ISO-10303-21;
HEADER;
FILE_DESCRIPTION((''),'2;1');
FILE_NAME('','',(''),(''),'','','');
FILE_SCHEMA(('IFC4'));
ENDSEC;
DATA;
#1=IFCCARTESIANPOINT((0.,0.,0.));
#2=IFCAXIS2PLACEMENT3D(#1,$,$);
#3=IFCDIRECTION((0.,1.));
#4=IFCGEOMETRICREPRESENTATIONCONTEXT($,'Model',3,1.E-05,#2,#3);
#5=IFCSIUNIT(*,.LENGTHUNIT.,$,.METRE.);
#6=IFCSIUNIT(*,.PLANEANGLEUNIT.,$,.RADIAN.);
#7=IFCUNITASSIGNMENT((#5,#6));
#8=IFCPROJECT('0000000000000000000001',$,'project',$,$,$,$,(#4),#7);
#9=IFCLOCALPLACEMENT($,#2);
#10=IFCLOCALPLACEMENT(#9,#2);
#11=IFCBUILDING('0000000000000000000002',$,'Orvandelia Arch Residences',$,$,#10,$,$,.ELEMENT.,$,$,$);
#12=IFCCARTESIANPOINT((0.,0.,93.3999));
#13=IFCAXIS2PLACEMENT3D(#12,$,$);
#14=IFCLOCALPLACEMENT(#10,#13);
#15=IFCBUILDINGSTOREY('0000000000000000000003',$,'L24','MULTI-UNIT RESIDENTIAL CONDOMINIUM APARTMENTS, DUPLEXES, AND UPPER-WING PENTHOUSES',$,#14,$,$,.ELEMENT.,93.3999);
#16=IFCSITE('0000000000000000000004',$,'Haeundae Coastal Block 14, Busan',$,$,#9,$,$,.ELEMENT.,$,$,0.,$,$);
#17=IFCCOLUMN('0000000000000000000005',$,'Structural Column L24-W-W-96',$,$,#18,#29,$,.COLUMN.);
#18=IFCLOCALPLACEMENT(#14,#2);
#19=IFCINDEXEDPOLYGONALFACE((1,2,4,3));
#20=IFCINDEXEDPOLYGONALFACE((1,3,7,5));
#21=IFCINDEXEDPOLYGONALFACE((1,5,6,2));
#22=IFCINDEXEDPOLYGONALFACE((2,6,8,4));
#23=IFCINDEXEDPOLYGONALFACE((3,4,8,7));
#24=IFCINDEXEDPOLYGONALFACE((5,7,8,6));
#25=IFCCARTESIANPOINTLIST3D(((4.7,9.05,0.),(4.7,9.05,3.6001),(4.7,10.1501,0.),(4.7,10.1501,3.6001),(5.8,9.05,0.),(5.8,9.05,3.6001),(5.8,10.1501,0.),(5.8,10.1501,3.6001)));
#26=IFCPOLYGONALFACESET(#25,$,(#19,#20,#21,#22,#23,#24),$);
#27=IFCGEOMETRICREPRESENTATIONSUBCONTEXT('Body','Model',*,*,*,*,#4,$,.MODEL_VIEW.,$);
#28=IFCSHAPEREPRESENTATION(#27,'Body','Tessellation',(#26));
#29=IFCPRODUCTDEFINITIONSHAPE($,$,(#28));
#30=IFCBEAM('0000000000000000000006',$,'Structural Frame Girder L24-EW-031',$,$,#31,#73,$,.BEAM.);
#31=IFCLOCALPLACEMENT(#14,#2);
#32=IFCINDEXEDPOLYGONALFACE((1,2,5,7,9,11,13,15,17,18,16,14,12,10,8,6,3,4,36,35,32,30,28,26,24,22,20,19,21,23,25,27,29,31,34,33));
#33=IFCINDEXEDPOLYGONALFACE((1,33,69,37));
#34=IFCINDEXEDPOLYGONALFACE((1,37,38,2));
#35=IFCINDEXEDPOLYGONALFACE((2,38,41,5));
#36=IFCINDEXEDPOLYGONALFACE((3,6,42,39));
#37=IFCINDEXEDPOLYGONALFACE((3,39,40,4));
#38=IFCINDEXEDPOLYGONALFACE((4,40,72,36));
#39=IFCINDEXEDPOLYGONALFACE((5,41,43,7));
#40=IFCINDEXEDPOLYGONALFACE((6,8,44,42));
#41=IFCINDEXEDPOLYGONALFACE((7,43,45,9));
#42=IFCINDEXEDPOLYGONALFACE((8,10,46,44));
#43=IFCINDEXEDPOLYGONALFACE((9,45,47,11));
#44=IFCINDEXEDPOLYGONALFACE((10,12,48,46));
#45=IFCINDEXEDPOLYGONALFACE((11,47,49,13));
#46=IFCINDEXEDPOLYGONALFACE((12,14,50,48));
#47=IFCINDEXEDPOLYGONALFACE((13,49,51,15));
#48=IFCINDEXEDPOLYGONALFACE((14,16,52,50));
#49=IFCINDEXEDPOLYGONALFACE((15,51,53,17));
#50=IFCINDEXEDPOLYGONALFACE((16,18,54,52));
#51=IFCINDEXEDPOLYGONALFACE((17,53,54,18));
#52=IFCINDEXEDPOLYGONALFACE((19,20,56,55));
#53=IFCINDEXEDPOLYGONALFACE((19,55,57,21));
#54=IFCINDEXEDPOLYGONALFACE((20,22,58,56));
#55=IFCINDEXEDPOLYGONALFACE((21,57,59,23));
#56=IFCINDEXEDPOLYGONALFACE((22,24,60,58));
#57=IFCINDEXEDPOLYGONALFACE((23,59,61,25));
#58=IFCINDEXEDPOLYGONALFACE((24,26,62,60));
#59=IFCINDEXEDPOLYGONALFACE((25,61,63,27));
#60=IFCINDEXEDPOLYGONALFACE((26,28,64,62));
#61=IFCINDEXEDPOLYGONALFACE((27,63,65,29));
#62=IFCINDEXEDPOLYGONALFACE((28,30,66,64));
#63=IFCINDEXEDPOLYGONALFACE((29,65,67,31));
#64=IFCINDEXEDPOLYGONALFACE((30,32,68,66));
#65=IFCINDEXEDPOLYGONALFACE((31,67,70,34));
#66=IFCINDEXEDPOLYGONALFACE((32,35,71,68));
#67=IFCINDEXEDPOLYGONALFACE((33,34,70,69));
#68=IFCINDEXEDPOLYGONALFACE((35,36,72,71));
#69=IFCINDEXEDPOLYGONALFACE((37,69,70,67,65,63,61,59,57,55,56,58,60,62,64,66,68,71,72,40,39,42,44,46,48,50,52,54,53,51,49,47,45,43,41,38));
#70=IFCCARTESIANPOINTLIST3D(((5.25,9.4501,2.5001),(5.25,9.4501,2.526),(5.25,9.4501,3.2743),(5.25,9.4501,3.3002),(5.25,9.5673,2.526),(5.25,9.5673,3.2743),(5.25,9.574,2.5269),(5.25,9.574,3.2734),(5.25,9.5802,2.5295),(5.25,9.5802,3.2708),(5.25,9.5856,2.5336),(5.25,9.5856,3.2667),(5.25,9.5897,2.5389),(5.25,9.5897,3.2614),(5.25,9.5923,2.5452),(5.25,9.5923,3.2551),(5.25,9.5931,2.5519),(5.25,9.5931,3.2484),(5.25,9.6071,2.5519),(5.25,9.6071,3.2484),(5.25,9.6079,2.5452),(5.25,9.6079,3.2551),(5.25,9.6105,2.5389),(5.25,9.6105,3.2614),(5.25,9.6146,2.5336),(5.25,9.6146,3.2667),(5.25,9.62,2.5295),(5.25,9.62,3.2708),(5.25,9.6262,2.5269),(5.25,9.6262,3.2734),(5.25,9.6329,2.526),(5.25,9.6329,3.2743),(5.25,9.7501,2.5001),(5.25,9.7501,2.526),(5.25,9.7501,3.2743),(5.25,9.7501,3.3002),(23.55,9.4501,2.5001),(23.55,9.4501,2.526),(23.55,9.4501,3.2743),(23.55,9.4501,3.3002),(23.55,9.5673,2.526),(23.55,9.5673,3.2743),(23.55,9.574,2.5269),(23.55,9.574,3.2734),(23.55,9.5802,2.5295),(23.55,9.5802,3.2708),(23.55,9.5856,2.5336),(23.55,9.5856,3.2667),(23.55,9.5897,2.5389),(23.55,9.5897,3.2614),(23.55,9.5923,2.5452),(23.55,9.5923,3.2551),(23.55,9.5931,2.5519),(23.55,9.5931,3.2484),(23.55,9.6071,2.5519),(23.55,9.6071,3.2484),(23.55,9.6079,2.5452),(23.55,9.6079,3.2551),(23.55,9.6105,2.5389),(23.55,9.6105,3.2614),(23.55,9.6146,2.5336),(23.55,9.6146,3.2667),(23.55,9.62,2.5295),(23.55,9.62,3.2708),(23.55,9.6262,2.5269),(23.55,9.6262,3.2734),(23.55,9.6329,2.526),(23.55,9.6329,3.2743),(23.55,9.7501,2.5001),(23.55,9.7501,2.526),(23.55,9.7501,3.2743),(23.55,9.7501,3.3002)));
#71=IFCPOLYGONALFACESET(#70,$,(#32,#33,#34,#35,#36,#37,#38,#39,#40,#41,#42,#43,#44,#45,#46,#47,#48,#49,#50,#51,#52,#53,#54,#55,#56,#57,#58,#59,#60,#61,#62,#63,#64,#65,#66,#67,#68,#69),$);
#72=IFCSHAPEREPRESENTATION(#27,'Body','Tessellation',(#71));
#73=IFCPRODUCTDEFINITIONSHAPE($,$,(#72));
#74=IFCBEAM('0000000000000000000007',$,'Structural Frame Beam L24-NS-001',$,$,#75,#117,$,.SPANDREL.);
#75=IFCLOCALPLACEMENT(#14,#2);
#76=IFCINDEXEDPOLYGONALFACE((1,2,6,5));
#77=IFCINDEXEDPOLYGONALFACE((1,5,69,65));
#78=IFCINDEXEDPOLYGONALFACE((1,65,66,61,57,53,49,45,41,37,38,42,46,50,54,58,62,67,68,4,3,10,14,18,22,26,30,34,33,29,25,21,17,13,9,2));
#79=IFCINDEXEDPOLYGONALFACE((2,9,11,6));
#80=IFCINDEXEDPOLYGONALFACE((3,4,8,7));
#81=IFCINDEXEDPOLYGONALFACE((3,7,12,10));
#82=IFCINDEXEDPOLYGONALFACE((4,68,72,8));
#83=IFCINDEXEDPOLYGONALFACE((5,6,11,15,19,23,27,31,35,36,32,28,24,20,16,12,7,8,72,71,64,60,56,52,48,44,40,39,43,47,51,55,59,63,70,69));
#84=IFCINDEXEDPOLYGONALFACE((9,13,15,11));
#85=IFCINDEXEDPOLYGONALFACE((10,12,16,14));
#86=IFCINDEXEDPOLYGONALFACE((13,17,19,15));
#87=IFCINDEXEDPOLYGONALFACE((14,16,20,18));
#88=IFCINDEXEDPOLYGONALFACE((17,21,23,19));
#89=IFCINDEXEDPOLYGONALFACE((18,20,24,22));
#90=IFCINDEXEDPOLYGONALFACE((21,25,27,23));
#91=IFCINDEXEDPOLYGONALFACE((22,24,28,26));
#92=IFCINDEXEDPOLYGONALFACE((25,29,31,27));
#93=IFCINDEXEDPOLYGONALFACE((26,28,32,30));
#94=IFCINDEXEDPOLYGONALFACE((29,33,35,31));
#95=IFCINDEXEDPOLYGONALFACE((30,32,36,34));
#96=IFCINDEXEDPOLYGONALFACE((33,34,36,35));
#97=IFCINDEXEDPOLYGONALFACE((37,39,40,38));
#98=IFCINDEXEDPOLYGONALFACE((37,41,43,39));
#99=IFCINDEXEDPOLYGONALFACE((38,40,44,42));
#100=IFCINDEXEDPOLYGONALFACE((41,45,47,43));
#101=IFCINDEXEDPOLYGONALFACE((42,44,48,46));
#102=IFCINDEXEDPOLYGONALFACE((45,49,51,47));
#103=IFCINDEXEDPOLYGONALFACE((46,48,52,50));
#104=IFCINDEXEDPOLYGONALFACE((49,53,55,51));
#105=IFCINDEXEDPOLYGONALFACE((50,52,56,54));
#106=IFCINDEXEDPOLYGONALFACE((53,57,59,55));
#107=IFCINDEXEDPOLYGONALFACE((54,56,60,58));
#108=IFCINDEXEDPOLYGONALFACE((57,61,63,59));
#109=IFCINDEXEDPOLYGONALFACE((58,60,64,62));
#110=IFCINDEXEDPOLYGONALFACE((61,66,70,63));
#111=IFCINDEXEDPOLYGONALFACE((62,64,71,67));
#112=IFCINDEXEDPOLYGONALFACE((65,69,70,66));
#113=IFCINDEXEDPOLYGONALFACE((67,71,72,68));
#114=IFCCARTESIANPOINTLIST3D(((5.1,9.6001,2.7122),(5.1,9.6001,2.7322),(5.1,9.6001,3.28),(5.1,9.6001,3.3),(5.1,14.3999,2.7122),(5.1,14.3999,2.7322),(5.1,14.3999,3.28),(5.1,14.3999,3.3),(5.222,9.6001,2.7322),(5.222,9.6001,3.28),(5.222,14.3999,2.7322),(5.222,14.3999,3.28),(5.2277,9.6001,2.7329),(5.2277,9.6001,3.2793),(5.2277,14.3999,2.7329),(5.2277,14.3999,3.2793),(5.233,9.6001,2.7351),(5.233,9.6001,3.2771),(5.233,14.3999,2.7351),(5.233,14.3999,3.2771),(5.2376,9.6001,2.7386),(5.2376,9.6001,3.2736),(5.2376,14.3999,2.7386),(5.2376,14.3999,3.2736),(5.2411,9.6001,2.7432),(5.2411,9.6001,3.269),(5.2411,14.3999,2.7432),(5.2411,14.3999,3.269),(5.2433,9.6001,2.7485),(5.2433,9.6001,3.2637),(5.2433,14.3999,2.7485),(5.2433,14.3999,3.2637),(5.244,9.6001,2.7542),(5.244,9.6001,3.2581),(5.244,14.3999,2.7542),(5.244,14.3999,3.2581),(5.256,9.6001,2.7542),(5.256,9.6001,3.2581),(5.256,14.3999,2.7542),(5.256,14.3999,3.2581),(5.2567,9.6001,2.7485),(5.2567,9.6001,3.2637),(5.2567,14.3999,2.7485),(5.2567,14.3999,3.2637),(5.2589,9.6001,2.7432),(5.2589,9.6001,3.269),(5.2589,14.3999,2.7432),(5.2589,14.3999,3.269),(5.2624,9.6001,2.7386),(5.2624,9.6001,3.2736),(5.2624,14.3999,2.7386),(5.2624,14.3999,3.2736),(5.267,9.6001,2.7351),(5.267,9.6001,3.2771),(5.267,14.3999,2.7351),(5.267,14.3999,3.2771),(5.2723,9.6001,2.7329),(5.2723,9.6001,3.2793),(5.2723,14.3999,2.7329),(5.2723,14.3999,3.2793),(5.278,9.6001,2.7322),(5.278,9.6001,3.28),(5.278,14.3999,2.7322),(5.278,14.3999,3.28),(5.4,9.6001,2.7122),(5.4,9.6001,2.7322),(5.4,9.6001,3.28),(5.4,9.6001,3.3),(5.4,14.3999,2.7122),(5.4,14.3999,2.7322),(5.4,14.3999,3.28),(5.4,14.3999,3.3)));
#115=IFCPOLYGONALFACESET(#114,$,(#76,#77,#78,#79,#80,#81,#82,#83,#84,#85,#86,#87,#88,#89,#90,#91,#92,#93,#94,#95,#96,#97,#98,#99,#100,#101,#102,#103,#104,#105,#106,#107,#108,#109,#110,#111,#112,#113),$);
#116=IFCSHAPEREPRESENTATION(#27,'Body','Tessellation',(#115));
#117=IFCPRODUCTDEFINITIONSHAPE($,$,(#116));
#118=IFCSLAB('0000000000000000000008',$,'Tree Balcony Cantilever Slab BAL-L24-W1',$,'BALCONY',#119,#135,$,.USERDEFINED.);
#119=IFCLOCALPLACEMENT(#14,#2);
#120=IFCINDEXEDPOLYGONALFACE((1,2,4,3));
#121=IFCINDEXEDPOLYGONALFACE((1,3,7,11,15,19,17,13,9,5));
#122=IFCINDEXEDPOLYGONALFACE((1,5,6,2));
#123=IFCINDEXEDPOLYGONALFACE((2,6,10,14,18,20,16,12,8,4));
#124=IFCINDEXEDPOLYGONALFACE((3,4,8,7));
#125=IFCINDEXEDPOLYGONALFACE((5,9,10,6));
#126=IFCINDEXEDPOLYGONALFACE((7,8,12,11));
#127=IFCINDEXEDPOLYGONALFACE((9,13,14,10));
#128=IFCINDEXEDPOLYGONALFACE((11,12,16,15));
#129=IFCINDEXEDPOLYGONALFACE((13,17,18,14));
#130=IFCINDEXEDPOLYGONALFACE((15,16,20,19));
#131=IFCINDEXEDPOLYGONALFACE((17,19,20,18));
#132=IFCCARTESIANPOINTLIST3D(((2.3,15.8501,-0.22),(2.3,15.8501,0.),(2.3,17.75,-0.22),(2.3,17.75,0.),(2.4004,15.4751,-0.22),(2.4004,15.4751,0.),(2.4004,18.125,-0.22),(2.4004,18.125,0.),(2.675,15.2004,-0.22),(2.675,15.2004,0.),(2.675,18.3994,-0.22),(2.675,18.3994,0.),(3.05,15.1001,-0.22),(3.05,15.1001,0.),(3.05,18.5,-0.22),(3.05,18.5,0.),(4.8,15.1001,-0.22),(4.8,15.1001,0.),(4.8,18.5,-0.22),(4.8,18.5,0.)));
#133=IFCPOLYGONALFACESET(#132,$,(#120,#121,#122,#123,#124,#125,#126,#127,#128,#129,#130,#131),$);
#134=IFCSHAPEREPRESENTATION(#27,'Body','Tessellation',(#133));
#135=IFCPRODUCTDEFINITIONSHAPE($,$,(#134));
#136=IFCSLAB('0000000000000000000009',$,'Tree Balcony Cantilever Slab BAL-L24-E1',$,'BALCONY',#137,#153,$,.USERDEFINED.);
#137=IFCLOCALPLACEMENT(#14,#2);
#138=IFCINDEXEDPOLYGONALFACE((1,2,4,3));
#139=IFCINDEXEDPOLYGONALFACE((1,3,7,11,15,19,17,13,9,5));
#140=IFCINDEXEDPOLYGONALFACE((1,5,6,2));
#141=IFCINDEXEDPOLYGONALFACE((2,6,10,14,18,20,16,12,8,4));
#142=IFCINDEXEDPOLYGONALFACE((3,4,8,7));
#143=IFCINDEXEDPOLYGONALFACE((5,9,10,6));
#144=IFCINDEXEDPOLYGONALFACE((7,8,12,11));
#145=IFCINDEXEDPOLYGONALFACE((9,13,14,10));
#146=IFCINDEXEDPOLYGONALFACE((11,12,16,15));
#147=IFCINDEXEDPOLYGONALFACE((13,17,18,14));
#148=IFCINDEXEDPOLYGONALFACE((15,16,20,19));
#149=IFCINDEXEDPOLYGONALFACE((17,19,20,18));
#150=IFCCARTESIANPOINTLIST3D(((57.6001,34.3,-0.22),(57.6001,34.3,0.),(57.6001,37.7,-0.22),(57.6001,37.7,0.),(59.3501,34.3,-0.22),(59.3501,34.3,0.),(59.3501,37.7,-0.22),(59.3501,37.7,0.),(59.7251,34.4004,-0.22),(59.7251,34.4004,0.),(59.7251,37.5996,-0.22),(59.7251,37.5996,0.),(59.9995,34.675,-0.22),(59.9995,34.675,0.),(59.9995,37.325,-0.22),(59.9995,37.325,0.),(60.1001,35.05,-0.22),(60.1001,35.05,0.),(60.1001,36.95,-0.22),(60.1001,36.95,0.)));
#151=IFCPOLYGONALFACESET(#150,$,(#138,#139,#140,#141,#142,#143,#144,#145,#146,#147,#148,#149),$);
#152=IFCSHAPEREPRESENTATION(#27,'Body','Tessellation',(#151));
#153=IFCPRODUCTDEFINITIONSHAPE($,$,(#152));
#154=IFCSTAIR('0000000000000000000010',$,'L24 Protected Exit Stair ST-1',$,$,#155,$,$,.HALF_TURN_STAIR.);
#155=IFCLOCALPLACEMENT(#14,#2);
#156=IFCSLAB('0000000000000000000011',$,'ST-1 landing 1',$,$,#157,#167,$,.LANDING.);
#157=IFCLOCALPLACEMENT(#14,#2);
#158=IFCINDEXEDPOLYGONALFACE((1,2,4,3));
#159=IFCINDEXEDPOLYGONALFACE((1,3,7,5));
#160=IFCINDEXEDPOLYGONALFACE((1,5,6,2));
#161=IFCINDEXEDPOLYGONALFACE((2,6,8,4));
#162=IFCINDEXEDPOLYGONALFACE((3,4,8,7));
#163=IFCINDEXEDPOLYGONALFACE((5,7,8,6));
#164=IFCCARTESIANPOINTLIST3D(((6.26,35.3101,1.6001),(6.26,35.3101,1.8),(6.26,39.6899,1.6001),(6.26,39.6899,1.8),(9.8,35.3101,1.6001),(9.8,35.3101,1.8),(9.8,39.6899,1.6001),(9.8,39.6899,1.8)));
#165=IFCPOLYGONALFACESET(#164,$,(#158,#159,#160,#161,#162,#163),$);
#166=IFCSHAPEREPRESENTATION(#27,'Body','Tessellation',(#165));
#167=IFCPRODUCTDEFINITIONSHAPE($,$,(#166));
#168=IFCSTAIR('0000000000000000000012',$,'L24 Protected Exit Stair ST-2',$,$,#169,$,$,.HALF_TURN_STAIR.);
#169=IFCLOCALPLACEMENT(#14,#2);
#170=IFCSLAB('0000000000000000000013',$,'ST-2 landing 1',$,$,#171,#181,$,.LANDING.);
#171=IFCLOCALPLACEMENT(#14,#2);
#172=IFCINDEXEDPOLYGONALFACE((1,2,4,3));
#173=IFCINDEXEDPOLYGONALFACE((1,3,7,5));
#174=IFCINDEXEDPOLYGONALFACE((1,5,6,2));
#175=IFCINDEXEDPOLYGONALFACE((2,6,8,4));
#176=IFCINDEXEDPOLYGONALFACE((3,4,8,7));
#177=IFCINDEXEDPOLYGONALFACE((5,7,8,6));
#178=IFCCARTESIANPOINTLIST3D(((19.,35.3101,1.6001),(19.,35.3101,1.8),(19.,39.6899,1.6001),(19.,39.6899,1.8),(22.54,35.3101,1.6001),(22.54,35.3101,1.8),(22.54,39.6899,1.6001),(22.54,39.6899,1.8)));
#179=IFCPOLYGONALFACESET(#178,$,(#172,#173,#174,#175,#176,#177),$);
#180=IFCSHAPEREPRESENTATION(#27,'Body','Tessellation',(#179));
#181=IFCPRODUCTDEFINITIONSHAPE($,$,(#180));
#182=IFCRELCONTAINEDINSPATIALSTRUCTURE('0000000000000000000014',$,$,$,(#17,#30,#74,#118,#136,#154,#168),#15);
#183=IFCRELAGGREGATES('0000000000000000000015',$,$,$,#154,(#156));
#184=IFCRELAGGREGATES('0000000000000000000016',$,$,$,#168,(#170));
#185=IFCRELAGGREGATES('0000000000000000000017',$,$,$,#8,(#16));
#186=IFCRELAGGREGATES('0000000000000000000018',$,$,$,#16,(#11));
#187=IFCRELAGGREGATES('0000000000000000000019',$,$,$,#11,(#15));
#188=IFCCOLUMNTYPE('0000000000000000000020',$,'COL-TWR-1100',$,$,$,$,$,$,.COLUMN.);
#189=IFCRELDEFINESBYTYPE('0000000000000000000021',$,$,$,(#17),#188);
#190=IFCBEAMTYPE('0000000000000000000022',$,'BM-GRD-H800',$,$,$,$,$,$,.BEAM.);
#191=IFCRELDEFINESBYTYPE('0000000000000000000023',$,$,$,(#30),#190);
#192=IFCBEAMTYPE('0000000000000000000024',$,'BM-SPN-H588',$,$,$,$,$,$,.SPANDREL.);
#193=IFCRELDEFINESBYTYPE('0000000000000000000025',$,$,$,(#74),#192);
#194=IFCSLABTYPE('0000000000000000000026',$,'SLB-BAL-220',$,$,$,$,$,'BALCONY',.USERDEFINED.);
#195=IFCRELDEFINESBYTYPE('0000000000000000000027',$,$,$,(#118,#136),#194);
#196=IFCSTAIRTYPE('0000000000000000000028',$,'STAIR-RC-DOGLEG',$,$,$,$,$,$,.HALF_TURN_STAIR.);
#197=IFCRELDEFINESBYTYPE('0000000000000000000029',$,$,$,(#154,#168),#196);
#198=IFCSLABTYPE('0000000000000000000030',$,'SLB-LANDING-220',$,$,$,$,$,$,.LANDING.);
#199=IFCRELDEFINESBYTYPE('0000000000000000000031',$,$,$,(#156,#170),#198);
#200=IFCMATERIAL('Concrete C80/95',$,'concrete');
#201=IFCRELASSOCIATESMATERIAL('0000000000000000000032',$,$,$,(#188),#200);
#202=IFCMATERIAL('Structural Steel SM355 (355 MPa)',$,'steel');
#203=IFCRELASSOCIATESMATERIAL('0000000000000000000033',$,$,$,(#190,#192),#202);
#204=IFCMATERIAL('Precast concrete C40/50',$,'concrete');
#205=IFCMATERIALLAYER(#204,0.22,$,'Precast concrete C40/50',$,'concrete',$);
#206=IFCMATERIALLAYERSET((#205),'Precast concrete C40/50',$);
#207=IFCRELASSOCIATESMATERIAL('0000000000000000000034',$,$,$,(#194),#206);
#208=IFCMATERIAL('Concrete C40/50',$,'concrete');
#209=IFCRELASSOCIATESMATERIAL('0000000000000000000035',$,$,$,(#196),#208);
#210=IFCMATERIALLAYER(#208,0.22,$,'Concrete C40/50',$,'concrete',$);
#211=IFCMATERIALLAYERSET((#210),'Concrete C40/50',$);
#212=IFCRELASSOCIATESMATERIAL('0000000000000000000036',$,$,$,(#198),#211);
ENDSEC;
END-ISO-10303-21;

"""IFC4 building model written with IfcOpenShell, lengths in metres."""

from ifc_helpers import new_model, si_unit, direction, frame, origin, origin_2d, place, context, subcontext, project, spatial, polyline, rectangle, i_section, outline, extrude, material, layer, layer_set, material_profile, profile_set, type_object, element, aggregate, save


model = new_model("IFC4")

# Units and contexts
model_context = context("Model", 3, precision=1e-05, world=origin(), true_north=direction((0.0, 1.0)))
body_context = subcontext(model_context, "Body", "Model", "MODEL_VIEW")
ifc_project = project(units=[si_unit("LENGTHUNIT", "METRE"), si_unit("PLANEANGLEUNIT", "RADIAN")], contexts=[model_context])

# Site, building, storey
site_placement = place(None, origin())
site = spatial("IfcSite", under=ifc_project, at=site_placement, Name="Haeundae Coastal Block 14, Busan", CompositionType="ELEMENT", RefElevation=0.0)
building_placement = place(site_placement, origin())
building = spatial("IfcBuilding", under=site, at=building_placement, Name="Orvandelia Arch Residences", CompositionType="ELEMENT")
storey_placement = place(building_placement, frame((0.0, 0.0, 93.3999)))
storey = spatial("IfcBuildingStorey", under=building, at=storey_placement, Name="L24", Description="MULTI-UNIT RESIDENTIAL CONDOMINIUM APARTMENTS, DUPLEXES, AND UPPER-WING PENTHOUSES", CompositionType="ELEMENT", Elevation=93.3999)

# Column
ifc_material_1 = material(Name="Concrete C80/95", Category="concrete")
ifc_material_profile_1 = material_profile(ifc_material_1, rectangle(XDim=1.1001, YDim=1.1001, at=origin_2d()), Name="Concrete C80/95", Category="concrete")
ifc_profile_set_1 = profile_set([ifc_material_profile_1], Name="Concrete C80/95")
column_type = type_object("IfcColumnType", Name="COL-TWR-1100", PredefinedType="COLUMN", material=ifc_profile_set_1)
column_placement = place(storey_placement, frame((5.25, 9.6001, 0.0), z_axis=(0.0, 0.0, 1.0), x_axis=(1.0, 0.0, 0.0)))
element("IfcColumn", 1, at=column_placement, inside=storey, type_object=column_type, Name="Structural Column L24-W-W-96", PredefinedType="COLUMN", context=body_context, shape_type="SweptSolid", body=[
    extrude(rectangle(XDim=1.1001, YDim=1.1001, at=origin_2d()), origin(), (0.0, 0.0, 1.0), 3.6001),
])

# Beams
ifc_material_2 = material(Name="Structural Steel SM355 (355 MPa)", Category="steel")
ifc_material_profile_2 = material_profile(ifc_material_2, i_section(OverallWidth=0.3, OverallDepth=0.8, WebThickness=0.0139, FlangeThickness=0.0259, FilletRadius=0.0259, at=origin_2d()), Name="Structural Steel SM355 (355 MPa)", Category="steel")
ifc_profile_set_2 = profile_set([ifc_material_profile_2], Name="Structural Steel SM355 (355 MPa)")
beam_type_1 = type_object("IfcBeamType", Name="BM-GRD-H800", PredefinedType="BEAM", material=ifc_profile_set_2)
beam_1_placement = place(storey_placement, frame((5.25, 9.6001, 2.9001), z_axis=(1.0, 0.0, 0.0), x_axis=(0.0, 1.0, 0.0)))
element("IfcBeam", 2, at=beam_1_placement, inside=storey, type_object=beam_type_1, Name="Structural Frame Girder L24-EW-031", PredefinedType="BEAM", context=body_context, shape_type="SweptSolid", body=[
    extrude(i_section(OverallWidth=0.3, OverallDepth=0.8, WebThickness=0.0139, FlangeThickness=0.0259, FilletRadius=0.0259, at=origin_2d()), origin(), (0.0, 0.0, 1.0), 18.3),
])
ifc_material_profile_3 = material_profile(ifc_material_2, i_section(OverallWidth=0.3, OverallDepth=0.5879, WebThickness=0.012, FlangeThickness=0.02, FilletRadius=0.022, at=origin_2d()), Name="Structural Steel SM355 (355 MPa)", Category="steel")
ifc_profile_set_3 = profile_set([ifc_material_profile_3], Name="Structural Steel SM355 (355 MPa)")
beam_type_2 = type_object("IfcBeamType", Name="BM-SPN-H588", PredefinedType="SPANDREL", material=ifc_profile_set_3)
beam_2_placement = place(storey_placement, frame((5.25, 9.6001, 3.0061), z_axis=(0.0, 1.0, 0.0), x_axis=(-1.0, 0.0, 0.0)))
element("IfcBeam", 3, at=beam_2_placement, inside=storey, type_object=beam_type_2, Name="Structural Frame Beam L24-NS-001", PredefinedType="SPANDREL", context=body_context, shape_type="SweptSolid", body=[
    extrude(i_section(OverallWidth=0.3, OverallDepth=0.5879, WebThickness=0.012, FlangeThickness=0.02, FilletRadius=0.022, at=origin_2d()), origin(), (0.0, 0.0, 1.0), 4.7998),
])

# Slabs
ifc_material_3 = material(Name="Precast concrete C40/50", Category="concrete")
ifc_layer_1 = layer(ifc_material_3, 0.22, Name="Precast concrete C40/50", Category="concrete")
ifc_layer_set_1 = layer_set([ifc_layer_1], Name="Precast concrete C40/50")
slab_type_1 = type_object("IfcSlabType", Name="SLB-BAL-220", ElementType="BALCONY", PredefinedType="USERDEFINED", material=ifc_layer_set_1)
slab_1_placement = place(storey_placement, frame((0.0, 0.0, -0.22)))
element("IfcSlab", 4, at=slab_1_placement, inside=storey, type_object=slab_type_1, Name="Tree Balcony Cantilever Slab BAL-L24-W1", ObjectType="BALCONY", PredefinedType="USERDEFINED", context=body_context, shape_type="SweptSolid", body=[
    extrude(outline(polyline([(4.8, 15.1001), (4.8, 18.5), (3.05, 18.5), (2.675, 18.3994), (2.4004, 18.125), (2.3, 17.75), (2.3, 15.8501), (2.4004, 15.4751), (2.675, 15.2004), (3.05, 15.1001), (4.8, 15.1001)])), origin(), (0.0, 0.0, 1.0), 0.22),
])
slab_2_placement = place(storey_placement, frame((0.0, 0.0, -0.22)))
element("IfcSlab", 5, at=slab_2_placement, inside=storey, type_object=slab_type_1, Name="Tree Balcony Cantilever Slab BAL-L24-E1", ObjectType="BALCONY", PredefinedType="USERDEFINED", context=body_context, shape_type="SweptSolid", body=[
    extrude(outline(polyline([(57.6001, 37.7), (57.6001, 34.3), (59.3501, 34.3), (59.7251, 34.4004), (59.9995, 34.675), (60.1001, 35.05), (60.1001, 36.95), (59.9995, 37.325), (59.7251, 37.5996), (59.3501, 37.7), (57.6001, 37.7)])), origin(), (0.0, 0.0, 1.0), 0.22),
])

# Stairs, slabs
ifc_material_4 = material(Name="Concrete C40/50", Category="concrete")
stair_type = type_object("IfcStairType", Name="STAIR-RC-DOGLEG", PredefinedType="HALF_TURN_STAIR", material=ifc_material_4)
stair_1_placement = place(storey_placement, origin())
stair_1 = element("IfcStair", 6, at=stair_1_placement, inside=storey, type_object=stair_type, Name="L24 Protected Exit Stair ST-1", PredefinedType="HALF_TURN_STAIR")
ifc_layer_2 = layer(ifc_material_4, 0.22, Name="Concrete C40/50", Category="concrete")
ifc_layer_set_2 = layer_set([ifc_layer_2], Name="Concrete C40/50")
slab_type_2 = type_object("IfcSlabType", Name="SLB-LANDING-220", PredefinedType="LANDING", material=ifc_layer_set_2)
slab_3_placement = place(storey_placement, frame((0.0, 0.0, 1.6001)))
slab_3 = element("IfcSlab", 7, at=slab_3_placement, type_object=slab_type_2, Name="ST-1 landing 1", PredefinedType="LANDING", context=body_context, shape_type="SweptSolid", body=[
    extrude(outline(polyline([(9.8, 35.3101), (9.8, 39.6899), (6.26, 39.6899), (6.26, 35.3101), (9.8, 35.3101)])), origin(), (0.0, 0.0, 1.0), 0.2),
])
aggregate(stair_1, [slab_3])
stair_2_placement = place(storey_placement, origin())
stair_2 = element("IfcStair", 8, at=stair_2_placement, inside=storey, type_object=stair_type, Name="L24 Protected Exit Stair ST-2", PredefinedType="HALF_TURN_STAIR")
slab_4_placement = place(storey_placement, frame((0.0, 0.0, 1.6001)))
slab_4 = element("IfcSlab", 9, at=slab_4_placement, type_object=slab_type_2, Name="ST-2 landing 1", PredefinedType="LANDING", context=body_context, shape_type="SweptSolid", body=[
    extrude(outline(polyline([(22.54, 35.3101), (22.54, 39.6899), (19.0, 39.6899), (19.0, 35.3101), (22.54, 35.3101)])), origin(), (0.0, 0.0, 1.0), 0.2),
])
aggregate(stair_2, [slab_4])

save(model, "model.ifc")
